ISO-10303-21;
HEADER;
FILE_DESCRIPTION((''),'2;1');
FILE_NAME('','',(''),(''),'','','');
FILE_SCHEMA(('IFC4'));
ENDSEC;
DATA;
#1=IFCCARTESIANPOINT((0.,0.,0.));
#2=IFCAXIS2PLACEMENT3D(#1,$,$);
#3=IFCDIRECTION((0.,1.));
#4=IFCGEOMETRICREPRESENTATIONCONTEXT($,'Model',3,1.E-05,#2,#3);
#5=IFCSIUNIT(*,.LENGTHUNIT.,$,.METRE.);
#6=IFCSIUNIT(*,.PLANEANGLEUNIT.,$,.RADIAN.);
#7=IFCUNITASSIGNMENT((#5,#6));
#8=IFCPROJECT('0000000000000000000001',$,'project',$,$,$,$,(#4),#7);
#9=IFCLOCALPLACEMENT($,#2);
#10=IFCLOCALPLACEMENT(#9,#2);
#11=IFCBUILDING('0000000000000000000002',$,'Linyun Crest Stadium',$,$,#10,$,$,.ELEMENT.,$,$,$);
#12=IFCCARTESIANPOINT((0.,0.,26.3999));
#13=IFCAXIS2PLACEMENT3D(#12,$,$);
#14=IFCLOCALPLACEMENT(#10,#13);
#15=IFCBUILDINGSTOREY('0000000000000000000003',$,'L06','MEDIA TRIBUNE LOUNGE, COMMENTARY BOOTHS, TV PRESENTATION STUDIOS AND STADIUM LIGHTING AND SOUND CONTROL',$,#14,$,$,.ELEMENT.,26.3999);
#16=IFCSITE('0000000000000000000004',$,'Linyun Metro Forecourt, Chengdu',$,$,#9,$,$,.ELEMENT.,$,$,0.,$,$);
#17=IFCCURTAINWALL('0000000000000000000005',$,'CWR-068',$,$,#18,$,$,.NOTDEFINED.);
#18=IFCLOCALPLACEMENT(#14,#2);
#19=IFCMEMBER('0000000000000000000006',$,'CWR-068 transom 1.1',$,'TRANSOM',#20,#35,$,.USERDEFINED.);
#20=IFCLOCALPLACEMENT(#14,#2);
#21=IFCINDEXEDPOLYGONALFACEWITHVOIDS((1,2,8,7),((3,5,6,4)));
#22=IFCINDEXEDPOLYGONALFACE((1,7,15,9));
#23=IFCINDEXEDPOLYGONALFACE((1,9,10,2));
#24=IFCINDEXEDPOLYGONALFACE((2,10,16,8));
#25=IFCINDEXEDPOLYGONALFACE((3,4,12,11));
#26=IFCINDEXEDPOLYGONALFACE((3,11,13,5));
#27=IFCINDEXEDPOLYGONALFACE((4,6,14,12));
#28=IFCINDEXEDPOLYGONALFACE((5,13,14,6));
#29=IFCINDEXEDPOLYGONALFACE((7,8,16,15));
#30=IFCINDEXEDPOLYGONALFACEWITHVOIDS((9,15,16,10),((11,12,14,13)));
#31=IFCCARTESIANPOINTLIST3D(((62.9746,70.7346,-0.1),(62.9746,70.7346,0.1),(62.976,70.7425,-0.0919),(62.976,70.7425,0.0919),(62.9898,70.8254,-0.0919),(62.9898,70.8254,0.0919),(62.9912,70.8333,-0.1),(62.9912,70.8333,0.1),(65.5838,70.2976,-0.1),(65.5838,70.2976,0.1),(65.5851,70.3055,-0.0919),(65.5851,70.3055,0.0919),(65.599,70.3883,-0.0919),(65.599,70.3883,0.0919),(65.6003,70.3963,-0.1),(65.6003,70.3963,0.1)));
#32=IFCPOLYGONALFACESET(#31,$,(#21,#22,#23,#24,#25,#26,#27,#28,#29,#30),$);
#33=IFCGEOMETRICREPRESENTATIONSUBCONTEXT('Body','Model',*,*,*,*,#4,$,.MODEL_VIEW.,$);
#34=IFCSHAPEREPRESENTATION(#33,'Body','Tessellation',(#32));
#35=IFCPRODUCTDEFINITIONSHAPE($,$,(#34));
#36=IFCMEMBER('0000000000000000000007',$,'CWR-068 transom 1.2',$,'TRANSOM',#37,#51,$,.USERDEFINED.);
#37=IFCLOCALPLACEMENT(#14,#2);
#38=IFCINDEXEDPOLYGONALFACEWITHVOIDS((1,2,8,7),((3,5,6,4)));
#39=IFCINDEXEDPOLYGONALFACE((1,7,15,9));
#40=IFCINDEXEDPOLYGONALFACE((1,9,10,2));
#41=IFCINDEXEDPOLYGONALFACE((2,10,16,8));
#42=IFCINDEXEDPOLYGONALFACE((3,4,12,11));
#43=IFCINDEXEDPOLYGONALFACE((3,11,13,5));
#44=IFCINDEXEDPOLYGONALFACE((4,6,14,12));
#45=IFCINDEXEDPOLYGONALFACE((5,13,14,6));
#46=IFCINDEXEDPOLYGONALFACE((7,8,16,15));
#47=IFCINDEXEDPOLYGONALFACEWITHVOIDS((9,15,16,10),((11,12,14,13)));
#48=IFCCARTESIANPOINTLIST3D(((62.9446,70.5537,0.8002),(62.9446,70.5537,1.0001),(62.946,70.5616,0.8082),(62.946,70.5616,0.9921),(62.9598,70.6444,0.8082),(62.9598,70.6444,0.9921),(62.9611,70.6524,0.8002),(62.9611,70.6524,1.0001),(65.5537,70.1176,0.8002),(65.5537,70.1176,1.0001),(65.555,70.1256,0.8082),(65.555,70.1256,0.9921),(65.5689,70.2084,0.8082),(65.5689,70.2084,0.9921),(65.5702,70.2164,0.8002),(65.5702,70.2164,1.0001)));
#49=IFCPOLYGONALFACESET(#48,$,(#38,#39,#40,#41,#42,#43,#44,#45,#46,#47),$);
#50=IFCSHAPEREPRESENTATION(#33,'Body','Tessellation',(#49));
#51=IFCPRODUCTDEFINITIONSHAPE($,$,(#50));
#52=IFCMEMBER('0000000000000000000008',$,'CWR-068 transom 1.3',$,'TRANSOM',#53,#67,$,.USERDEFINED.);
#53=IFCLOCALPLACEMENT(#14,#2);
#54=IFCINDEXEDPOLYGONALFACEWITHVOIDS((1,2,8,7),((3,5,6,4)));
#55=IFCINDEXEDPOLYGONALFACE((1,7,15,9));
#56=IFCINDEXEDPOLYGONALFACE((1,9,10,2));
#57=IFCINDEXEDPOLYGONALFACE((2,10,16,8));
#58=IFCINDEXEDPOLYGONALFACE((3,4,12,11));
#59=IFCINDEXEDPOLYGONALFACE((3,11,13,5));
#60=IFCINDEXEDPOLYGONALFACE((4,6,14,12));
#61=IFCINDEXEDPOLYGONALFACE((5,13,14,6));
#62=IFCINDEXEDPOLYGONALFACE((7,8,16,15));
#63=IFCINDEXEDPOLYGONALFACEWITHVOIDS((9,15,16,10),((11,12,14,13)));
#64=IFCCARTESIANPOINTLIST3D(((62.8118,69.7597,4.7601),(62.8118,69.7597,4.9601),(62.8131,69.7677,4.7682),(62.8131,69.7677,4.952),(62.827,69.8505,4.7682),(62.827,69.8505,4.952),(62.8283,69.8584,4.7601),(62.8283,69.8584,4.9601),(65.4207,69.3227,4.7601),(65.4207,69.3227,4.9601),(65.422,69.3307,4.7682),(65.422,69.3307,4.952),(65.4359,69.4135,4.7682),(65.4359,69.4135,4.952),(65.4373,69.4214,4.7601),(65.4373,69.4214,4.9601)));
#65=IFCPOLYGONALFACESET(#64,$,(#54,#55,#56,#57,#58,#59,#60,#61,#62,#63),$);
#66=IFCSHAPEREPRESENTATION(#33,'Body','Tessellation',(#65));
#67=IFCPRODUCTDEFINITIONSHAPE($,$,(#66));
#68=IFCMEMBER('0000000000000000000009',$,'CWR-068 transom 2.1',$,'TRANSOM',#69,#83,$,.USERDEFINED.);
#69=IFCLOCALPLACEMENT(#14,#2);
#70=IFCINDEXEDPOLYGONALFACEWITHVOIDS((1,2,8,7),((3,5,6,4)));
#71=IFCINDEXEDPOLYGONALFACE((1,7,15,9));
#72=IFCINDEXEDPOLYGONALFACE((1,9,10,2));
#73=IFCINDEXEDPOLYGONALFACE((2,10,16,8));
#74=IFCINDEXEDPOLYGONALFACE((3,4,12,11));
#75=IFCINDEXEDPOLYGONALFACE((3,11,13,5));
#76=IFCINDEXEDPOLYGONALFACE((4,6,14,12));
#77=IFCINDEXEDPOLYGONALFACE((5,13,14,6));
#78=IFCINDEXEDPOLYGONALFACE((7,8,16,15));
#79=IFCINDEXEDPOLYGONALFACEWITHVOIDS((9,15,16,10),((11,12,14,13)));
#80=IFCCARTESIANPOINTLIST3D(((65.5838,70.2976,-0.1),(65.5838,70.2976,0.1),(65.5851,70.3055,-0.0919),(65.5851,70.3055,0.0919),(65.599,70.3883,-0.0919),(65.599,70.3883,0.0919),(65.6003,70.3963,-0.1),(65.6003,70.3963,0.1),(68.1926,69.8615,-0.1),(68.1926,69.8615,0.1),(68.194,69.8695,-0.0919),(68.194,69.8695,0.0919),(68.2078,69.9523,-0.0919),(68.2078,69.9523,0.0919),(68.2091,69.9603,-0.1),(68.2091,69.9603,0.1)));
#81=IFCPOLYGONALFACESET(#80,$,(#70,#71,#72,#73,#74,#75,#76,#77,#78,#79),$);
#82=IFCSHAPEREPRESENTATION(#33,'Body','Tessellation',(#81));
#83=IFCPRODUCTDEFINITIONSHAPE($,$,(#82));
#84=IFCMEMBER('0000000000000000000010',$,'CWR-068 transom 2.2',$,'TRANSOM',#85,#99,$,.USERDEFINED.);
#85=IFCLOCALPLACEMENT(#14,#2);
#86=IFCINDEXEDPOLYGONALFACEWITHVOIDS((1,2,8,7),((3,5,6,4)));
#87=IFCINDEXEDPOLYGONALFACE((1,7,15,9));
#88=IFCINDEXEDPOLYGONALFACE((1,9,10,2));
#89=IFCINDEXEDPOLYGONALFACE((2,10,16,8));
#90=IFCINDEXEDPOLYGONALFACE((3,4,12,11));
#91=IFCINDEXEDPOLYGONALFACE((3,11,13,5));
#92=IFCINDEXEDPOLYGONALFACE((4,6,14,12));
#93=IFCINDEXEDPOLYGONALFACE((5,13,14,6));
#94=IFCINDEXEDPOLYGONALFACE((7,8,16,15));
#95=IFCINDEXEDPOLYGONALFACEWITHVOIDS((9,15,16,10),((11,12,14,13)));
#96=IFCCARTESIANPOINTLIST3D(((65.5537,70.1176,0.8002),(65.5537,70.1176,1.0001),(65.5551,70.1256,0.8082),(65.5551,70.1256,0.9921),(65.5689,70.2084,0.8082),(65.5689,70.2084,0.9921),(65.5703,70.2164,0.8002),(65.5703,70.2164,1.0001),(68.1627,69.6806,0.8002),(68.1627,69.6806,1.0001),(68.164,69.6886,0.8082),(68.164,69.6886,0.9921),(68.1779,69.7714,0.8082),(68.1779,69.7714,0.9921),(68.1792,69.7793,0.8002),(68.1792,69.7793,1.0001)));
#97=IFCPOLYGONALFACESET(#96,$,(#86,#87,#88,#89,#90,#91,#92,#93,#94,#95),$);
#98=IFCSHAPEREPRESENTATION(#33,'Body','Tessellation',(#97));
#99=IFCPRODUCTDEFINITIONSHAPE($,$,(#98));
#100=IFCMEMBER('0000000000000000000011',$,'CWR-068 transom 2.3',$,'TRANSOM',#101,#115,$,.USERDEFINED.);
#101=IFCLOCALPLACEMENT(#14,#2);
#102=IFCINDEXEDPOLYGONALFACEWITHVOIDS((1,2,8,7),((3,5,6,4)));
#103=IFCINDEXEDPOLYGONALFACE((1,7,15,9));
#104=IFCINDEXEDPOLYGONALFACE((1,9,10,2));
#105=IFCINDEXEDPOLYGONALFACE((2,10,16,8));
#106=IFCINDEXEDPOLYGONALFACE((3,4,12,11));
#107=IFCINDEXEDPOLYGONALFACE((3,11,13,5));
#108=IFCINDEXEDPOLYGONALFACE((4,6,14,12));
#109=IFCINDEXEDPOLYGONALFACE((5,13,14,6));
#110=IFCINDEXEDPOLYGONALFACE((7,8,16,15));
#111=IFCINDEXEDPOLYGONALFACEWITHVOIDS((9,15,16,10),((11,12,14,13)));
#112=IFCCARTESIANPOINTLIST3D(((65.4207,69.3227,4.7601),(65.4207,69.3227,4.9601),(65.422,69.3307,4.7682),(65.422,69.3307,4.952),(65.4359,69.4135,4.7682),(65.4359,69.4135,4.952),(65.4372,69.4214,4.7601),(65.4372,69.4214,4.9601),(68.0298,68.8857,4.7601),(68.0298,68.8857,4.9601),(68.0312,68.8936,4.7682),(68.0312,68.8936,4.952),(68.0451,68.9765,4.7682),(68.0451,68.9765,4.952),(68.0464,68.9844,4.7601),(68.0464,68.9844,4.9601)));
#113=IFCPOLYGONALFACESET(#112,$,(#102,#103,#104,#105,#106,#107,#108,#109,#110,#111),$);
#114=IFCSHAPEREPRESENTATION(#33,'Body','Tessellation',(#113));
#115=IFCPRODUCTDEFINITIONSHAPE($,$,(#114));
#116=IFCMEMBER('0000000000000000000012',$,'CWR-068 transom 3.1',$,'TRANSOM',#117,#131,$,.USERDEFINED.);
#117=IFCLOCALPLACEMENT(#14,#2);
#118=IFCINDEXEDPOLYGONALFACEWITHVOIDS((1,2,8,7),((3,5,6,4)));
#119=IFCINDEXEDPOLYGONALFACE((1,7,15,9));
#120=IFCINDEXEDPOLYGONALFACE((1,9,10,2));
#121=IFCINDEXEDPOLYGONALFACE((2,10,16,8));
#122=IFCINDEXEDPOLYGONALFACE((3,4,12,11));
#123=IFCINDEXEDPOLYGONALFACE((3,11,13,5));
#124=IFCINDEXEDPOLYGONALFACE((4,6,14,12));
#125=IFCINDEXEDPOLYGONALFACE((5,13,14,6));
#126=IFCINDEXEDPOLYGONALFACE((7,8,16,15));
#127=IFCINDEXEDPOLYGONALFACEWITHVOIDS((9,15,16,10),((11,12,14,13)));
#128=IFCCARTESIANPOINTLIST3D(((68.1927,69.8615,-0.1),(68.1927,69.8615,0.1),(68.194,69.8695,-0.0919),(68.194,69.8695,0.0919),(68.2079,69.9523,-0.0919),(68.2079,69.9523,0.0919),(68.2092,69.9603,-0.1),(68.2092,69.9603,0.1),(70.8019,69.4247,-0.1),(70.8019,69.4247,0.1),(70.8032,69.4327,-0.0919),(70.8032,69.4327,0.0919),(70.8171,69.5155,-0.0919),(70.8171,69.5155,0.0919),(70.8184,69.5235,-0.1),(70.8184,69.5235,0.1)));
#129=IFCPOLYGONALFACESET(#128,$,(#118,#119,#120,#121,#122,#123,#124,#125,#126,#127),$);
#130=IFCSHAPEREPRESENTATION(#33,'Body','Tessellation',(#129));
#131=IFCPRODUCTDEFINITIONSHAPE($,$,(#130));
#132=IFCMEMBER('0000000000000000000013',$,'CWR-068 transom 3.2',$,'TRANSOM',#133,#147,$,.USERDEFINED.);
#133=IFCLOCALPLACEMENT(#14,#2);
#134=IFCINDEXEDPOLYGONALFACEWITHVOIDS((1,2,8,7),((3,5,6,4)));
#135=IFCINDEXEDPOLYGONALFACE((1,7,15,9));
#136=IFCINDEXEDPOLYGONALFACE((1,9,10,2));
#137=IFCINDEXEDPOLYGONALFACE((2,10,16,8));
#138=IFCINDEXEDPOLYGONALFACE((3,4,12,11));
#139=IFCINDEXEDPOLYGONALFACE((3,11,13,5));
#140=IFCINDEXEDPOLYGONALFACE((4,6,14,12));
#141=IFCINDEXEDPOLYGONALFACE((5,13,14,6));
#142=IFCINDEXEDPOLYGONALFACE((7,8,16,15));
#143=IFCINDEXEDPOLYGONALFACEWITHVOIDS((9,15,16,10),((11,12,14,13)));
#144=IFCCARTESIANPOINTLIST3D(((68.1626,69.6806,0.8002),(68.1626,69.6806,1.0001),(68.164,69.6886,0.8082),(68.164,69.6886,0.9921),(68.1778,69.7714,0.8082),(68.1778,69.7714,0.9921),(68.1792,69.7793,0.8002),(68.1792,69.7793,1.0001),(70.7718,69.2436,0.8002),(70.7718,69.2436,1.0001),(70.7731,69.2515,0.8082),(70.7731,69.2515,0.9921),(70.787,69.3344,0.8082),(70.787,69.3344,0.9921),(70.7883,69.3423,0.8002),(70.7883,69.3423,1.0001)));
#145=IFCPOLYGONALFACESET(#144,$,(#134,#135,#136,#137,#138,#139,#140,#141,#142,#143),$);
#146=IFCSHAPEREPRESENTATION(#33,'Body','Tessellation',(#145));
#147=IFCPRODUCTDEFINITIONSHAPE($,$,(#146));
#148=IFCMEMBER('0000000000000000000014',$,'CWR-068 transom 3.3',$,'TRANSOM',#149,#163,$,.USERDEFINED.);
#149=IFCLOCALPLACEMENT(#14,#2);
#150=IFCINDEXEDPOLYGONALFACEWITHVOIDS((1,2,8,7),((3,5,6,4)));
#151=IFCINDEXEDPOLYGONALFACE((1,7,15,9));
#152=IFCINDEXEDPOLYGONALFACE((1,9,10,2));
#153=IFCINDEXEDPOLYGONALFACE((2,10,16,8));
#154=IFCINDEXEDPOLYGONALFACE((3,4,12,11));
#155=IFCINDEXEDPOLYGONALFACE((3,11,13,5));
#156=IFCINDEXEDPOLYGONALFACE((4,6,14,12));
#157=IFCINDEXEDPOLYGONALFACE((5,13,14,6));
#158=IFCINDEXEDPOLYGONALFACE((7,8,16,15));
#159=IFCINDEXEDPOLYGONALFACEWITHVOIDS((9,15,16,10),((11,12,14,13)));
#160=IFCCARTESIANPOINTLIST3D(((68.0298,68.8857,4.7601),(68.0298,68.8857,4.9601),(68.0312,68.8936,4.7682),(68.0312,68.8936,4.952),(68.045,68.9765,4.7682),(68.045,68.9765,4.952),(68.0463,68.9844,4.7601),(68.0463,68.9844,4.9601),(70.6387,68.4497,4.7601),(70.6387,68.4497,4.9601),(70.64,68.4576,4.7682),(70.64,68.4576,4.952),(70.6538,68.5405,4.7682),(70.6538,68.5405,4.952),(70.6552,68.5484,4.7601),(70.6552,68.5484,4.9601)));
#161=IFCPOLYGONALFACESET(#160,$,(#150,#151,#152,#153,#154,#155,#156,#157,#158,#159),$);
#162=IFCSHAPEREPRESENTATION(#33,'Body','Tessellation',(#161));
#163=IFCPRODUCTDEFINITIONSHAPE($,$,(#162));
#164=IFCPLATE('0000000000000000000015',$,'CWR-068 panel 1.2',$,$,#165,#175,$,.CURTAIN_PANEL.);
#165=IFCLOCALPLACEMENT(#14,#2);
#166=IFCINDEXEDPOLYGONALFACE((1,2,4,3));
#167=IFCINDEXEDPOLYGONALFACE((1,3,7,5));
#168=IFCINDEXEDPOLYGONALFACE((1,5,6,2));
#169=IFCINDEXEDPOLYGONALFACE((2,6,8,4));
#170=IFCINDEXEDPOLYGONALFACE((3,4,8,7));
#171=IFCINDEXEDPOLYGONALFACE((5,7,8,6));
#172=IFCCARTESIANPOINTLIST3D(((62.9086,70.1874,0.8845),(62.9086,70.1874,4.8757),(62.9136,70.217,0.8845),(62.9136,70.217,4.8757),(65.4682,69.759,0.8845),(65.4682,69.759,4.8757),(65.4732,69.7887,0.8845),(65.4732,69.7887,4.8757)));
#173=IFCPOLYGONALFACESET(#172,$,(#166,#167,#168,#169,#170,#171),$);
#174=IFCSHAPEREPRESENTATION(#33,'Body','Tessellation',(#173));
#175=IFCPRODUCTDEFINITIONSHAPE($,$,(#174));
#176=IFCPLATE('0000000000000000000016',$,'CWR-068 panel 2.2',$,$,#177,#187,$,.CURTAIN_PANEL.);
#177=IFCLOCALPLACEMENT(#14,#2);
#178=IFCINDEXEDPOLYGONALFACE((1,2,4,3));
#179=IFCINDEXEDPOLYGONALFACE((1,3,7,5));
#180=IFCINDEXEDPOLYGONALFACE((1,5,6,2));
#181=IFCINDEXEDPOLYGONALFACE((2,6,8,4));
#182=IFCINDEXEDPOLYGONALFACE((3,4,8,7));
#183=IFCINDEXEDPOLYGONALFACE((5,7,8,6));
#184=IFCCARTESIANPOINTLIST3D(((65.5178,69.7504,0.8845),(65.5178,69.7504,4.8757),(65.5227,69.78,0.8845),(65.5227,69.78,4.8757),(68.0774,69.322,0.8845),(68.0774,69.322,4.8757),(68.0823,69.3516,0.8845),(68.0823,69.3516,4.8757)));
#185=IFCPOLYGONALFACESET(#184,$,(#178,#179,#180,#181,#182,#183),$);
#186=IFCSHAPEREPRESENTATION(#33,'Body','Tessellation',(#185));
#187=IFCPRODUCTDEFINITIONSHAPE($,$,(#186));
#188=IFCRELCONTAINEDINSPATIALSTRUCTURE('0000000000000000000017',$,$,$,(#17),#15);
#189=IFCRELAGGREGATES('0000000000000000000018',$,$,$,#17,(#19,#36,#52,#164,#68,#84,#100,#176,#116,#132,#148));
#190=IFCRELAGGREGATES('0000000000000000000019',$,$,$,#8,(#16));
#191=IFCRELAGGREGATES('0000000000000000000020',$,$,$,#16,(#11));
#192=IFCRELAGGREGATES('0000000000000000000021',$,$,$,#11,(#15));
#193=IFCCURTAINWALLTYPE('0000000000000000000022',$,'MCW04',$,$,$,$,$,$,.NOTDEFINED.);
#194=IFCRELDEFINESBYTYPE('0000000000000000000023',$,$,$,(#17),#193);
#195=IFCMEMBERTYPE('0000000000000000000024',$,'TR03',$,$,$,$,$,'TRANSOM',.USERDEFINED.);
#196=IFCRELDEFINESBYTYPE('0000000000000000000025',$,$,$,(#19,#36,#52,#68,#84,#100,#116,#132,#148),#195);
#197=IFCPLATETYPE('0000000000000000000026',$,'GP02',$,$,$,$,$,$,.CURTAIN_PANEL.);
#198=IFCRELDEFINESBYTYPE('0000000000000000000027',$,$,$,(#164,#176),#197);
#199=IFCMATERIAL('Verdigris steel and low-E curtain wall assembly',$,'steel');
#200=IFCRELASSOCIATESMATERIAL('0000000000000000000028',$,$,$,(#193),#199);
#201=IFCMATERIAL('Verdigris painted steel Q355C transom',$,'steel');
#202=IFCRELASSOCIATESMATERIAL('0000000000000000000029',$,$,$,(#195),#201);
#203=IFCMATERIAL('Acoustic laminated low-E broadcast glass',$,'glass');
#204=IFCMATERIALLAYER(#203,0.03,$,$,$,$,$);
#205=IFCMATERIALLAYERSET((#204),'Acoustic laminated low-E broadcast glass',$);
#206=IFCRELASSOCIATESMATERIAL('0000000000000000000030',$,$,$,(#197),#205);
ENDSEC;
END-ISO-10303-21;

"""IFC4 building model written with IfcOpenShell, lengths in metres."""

from ifc_helpers import new_model, si_unit, direction, frame, origin, origin_2d, place, context, subcontext, project, spatial, rectangle, hollow_rectangle, extrude, material, layer, layer_set, material_profile, profile_set, type_object, element, aggregate, save


model = new_model("IFC4")

# Units and contexts
model_context = context("Model", 3, precision=1e-05, world=origin(), true_north=direction((0.0, 1.0)))
body_context = subcontext(model_context, "Body", "Model", "MODEL_VIEW")
ifc_project = project(units=[si_unit("LENGTHUNIT", "METRE"), si_unit("PLANEANGLEUNIT", "RADIAN")], contexts=[model_context])

# Site, building, storey
site_placement = place(None, origin())
site = spatial("IfcSite", under=ifc_project, at=site_placement, Name="Linyun Metro Forecourt, Chengdu", CompositionType="ELEMENT", RefElevation=0.0)
building_placement = place(site_placement, origin())
building = spatial("IfcBuilding", under=site, at=building_placement, Name="Linyun Crest Stadium", CompositionType="ELEMENT")
storey_placement = place(building_placement, frame((0.0, 0.0, 26.3999)))
storey = spatial("IfcBuildingStorey", under=building, at=storey_placement, Name="L06", Description="MEDIA TRIBUNE LOUNGE, COMMENTARY BOOTHS, TV PRESENTATION STUDIOS AND STADIUM LIGHTING AND SOUND CONTROL", CompositionType="ELEMENT", Elevation=26.3999)

# Curtain wall, members, plates
ifc_material_1 = material(Name="Verdigris steel and low-E curtain wall assembly", Category="steel")
curtain_wall_type = type_object("IfcCurtainWallType", Name="MCW04", PredefinedType="NOTDEFINED", material=ifc_material_1)
curtain_wall_placement = place(storey_placement, origin())
curtain_wall = element("IfcCurtainWall", 1, at=curtain_wall_placement, inside=storey, type_object=curtain_wall_type, Name="CWR-068", PredefinedType="NOTDEFINED")
ifc_material_2 = material(Name="Verdigris painted steel Q355C transom", Category="steel")
ifc_material_profile_1 = material_profile(ifc_material_2, hollow_rectangle(XDim=0.1001, YDim=0.2, WallThickness=0.0081, at=origin_2d()), Name="RHS 200x100x8")
ifc_profile_set_1 = profile_set([ifc_material_profile_1], Name="Verdigris painted steel Q355C transom")
member_type_1 = type_object("IfcMemberType", Name="TR03", ElementType="TRANSOM", PredefinedType="USERDEFINED", material=ifc_profile_set_1)
member_1_placement = place(storey_placement, frame((62.9829, 70.7839, 0.0), z_axis=(0.986261, -0.165192, 0.0), x_axis=(0.165192, 0.986261, 0.0)))
member_1 = element("IfcMember", 2, at=member_1_placement, type_object=member_type_1, Name="CWR-068 transom 1.1", ObjectType="TRANSOM", PredefinedType="USERDEFINED", context=body_context, shape_type="SweptSolid", body=[
    extrude(hollow_rectangle(XDim=0.1001, YDim=0.2, WallThickness=0.0081, at=origin_2d()), origin(), (0.0, 0.0, 1.0), 2.6455),
])
member_2_placement = place(storey_placement, frame((62.9529, 70.603, 0.9001), z_axis=(0.986321, -0.164833, 0.0), x_axis=(0.164833, 0.986321, 0.0)))
member_2 = element("IfcMember", 3, at=member_2_placement, type_object=member_type_1, Name="CWR-068 transom 1.2", ObjectType="TRANSOM", PredefinedType="USERDEFINED", context=body_context, shape_type="SweptSolid", body=[
    extrude(hollow_rectangle(XDim=0.1001, YDim=0.2, WallThickness=0.0081, at=origin_2d()), origin(), (0.0, 0.0, 1.0), 2.6453),
])
member_3_placement = place(storey_placement, frame((62.8201, 69.8091, 4.8601), z_axis=(0.986259, -0.165207, 0.0), x_axis=(0.165207, 0.986259, 0.0)))
member_3 = element("IfcMember", 4, at=member_3_placement, type_object=member_type_1, Name="CWR-068 transom 1.3", ObjectType="TRANSOM", PredefinedType="USERDEFINED", context=body_context, shape_type="SweptSolid", body=[
    extrude(hollow_rectangle(XDim=0.1001, YDim=0.2, WallThickness=0.0081, at=origin_2d()), origin(), (0.0, 0.0, 1.0), 2.6453),
])
member_4_placement = place(storey_placement, frame((65.592, 70.3469, 0.0), z_axis=(0.986319, -0.164848, 0.0), x_axis=(0.164848, 0.986319, 0.0)))
member_4 = element("IfcMember", 5, at=member_4_placement, type_object=member_type_1, Name="CWR-068 transom 2.1", ObjectType="TRANSOM", PredefinedType="USERDEFINED", context=body_context, shape_type="SweptSolid", body=[
    extrude(hollow_rectangle(XDim=0.1001, YDim=0.2, WallThickness=0.0081, at=origin_2d()), origin(), (0.0, 0.0, 1.0), 2.645),
])
member_5_placement = place(storey_placement, frame((65.562, 70.167, 0.9001), z_axis=(0.986259, -0.165207, 0.0), x_axis=(0.165207, 0.986259, 0.0)))
member_5 = element("IfcMember", 6, at=member_5_placement, type_object=member_type_1, Name="CWR-068 transom 2.2", ObjectType="TRANSOM", PredefinedType="USERDEFINED", context=body_context, shape_type="SweptSolid", body=[
    extrude(hollow_rectangle(XDim=0.1001, YDim=0.2, WallThickness=0.0081, at=origin_2d()), origin(), (0.0, 0.0, 1.0), 2.6453),
])
member_6_placement = place(storey_placement, frame((65.429, 69.3721, 4.8601), z_axis=(0.986261, -0.165192, 0.0), x_axis=(0.165192, 0.986261, 0.0)))
member_6 = element("IfcMember", 7, at=member_6_placement, type_object=member_type_1, Name="CWR-068 transom 2.3", ObjectType="TRANSOM", PredefinedType="USERDEFINED", context=body_context, shape_type="SweptSolid", body=[
    extrude(hollow_rectangle(XDim=0.1001, YDim=0.2, WallThickness=0.0081, at=origin_2d()), origin(), (0.0, 0.0, 1.0), 2.6455),
])
member_7_placement = place(storey_placement, frame((68.2009, 69.9109, 0.0), z_axis=(0.986276, -0.165102, 0.0), x_axis=(0.165102, 0.986276, 0.0)))
member_7 = element("IfcMember", 8, at=member_7_placement, type_object=member_type_1, Name="CWR-068 transom 3.1", ObjectType="TRANSOM", PredefinedType="USERDEFINED", context=body_context, shape_type="SweptSolid", body=[
    extrude(hollow_rectangle(XDim=0.1001, YDim=0.2, WallThickness=0.0081, at=origin_2d()), origin(), (0.0, 0.0, 1.0), 2.6455),
])
member_8_placement = place(storey_placement, frame((68.1709, 69.73, 0.9001), z_axis=(0.986261, -0.165192, 0.0), x_axis=(0.165192, 0.986261, 0.0)))
member_8 = element("IfcMember", 9, at=member_8_placement, type_object=member_type_1, Name="CWR-068 transom 3.2", ObjectType="TRANSOM", PredefinedType="USERDEFINED", context=body_context, shape_type="SweptSolid", body=[
    extrude(hollow_rectangle(XDim=0.1001, YDim=0.2, WallThickness=0.0081, at=origin_2d()), origin(), (0.0, 0.0, 1.0), 2.6455),
])
member_9_placement = place(storey_placement, frame((68.0381, 68.9351, 4.8601), z_axis=(0.986319, -0.164848, 0.0), x_axis=(0.164848, 0.986319, 0.0)))
member_9 = element("IfcMember", 10, at=member_9_placement, type_object=member_type_1, Name="CWR-068 transom 3.3", ObjectType="TRANSOM", PredefinedType="USERDEFINED", context=body_context, shape_type="SweptSolid", body=[
    extrude(hollow_rectangle(XDim=0.1001, YDim=0.2, WallThickness=0.0081, at=origin_2d()), origin(), (0.0, 0.0, 1.0), 2.645),
])
ifc_material_3 = material(Name="Acoustic laminated low-E broadcast glass", Category="glass")
ifc_layer_1 = layer(ifc_material_3, 0.03)
ifc_layer_set_1 = layer_set([ifc_layer_1], Name="Acoustic laminated low-E broadcast glass")
plate_type_1 = type_object("IfcPlateType", Name="GP02", PredefinedType="CURTAIN_PANEL", material=ifc_layer_set_1)
plate_1_placement = place(storey_placement, frame((64.1909, 69.988, 0.8845), z_axis=(0.0, 0.0, 1.0), x_axis=(0.986283, -0.165065, 0.0)))
plate_1 = element("IfcPlate", 11, at=plate_1_placement, type_object=plate_type_1, Name="CWR-068 panel 1.2", PredefinedType="CURTAIN_PANEL", context=body_context, shape_type="SweptSolid", body=[
    extrude(rectangle(XDim=2.5952, YDim=0.03, at=origin_2d()), origin(), (0.0, 0.0, 1.0), 3.9912),
])
plate_2_placement = place(storey_placement, frame((66.8, 69.551, 0.8845), z_axis=(0.0, 0.0, 1.0), x_axis=(0.986283, -0.165065, 0.0)))
plate_2 = element("IfcPlate", 12, at=plate_2_placement, type_object=plate_type_1, Name="CWR-068 panel 2.2", PredefinedType="CURTAIN_PANEL", context=body_context, shape_type="SweptSolid", body=[
    extrude(rectangle(XDim=2.5952, YDim=0.03, at=origin_2d()), origin(), (0.0, 0.0, 1.0), 3.9912),
])
aggregate(curtain_wall, [member_1, member_2, member_3, plate_1, member_4, member_5, member_6, plate_2, member_7, member_8, member_9])

save(model, "model.ifc")
